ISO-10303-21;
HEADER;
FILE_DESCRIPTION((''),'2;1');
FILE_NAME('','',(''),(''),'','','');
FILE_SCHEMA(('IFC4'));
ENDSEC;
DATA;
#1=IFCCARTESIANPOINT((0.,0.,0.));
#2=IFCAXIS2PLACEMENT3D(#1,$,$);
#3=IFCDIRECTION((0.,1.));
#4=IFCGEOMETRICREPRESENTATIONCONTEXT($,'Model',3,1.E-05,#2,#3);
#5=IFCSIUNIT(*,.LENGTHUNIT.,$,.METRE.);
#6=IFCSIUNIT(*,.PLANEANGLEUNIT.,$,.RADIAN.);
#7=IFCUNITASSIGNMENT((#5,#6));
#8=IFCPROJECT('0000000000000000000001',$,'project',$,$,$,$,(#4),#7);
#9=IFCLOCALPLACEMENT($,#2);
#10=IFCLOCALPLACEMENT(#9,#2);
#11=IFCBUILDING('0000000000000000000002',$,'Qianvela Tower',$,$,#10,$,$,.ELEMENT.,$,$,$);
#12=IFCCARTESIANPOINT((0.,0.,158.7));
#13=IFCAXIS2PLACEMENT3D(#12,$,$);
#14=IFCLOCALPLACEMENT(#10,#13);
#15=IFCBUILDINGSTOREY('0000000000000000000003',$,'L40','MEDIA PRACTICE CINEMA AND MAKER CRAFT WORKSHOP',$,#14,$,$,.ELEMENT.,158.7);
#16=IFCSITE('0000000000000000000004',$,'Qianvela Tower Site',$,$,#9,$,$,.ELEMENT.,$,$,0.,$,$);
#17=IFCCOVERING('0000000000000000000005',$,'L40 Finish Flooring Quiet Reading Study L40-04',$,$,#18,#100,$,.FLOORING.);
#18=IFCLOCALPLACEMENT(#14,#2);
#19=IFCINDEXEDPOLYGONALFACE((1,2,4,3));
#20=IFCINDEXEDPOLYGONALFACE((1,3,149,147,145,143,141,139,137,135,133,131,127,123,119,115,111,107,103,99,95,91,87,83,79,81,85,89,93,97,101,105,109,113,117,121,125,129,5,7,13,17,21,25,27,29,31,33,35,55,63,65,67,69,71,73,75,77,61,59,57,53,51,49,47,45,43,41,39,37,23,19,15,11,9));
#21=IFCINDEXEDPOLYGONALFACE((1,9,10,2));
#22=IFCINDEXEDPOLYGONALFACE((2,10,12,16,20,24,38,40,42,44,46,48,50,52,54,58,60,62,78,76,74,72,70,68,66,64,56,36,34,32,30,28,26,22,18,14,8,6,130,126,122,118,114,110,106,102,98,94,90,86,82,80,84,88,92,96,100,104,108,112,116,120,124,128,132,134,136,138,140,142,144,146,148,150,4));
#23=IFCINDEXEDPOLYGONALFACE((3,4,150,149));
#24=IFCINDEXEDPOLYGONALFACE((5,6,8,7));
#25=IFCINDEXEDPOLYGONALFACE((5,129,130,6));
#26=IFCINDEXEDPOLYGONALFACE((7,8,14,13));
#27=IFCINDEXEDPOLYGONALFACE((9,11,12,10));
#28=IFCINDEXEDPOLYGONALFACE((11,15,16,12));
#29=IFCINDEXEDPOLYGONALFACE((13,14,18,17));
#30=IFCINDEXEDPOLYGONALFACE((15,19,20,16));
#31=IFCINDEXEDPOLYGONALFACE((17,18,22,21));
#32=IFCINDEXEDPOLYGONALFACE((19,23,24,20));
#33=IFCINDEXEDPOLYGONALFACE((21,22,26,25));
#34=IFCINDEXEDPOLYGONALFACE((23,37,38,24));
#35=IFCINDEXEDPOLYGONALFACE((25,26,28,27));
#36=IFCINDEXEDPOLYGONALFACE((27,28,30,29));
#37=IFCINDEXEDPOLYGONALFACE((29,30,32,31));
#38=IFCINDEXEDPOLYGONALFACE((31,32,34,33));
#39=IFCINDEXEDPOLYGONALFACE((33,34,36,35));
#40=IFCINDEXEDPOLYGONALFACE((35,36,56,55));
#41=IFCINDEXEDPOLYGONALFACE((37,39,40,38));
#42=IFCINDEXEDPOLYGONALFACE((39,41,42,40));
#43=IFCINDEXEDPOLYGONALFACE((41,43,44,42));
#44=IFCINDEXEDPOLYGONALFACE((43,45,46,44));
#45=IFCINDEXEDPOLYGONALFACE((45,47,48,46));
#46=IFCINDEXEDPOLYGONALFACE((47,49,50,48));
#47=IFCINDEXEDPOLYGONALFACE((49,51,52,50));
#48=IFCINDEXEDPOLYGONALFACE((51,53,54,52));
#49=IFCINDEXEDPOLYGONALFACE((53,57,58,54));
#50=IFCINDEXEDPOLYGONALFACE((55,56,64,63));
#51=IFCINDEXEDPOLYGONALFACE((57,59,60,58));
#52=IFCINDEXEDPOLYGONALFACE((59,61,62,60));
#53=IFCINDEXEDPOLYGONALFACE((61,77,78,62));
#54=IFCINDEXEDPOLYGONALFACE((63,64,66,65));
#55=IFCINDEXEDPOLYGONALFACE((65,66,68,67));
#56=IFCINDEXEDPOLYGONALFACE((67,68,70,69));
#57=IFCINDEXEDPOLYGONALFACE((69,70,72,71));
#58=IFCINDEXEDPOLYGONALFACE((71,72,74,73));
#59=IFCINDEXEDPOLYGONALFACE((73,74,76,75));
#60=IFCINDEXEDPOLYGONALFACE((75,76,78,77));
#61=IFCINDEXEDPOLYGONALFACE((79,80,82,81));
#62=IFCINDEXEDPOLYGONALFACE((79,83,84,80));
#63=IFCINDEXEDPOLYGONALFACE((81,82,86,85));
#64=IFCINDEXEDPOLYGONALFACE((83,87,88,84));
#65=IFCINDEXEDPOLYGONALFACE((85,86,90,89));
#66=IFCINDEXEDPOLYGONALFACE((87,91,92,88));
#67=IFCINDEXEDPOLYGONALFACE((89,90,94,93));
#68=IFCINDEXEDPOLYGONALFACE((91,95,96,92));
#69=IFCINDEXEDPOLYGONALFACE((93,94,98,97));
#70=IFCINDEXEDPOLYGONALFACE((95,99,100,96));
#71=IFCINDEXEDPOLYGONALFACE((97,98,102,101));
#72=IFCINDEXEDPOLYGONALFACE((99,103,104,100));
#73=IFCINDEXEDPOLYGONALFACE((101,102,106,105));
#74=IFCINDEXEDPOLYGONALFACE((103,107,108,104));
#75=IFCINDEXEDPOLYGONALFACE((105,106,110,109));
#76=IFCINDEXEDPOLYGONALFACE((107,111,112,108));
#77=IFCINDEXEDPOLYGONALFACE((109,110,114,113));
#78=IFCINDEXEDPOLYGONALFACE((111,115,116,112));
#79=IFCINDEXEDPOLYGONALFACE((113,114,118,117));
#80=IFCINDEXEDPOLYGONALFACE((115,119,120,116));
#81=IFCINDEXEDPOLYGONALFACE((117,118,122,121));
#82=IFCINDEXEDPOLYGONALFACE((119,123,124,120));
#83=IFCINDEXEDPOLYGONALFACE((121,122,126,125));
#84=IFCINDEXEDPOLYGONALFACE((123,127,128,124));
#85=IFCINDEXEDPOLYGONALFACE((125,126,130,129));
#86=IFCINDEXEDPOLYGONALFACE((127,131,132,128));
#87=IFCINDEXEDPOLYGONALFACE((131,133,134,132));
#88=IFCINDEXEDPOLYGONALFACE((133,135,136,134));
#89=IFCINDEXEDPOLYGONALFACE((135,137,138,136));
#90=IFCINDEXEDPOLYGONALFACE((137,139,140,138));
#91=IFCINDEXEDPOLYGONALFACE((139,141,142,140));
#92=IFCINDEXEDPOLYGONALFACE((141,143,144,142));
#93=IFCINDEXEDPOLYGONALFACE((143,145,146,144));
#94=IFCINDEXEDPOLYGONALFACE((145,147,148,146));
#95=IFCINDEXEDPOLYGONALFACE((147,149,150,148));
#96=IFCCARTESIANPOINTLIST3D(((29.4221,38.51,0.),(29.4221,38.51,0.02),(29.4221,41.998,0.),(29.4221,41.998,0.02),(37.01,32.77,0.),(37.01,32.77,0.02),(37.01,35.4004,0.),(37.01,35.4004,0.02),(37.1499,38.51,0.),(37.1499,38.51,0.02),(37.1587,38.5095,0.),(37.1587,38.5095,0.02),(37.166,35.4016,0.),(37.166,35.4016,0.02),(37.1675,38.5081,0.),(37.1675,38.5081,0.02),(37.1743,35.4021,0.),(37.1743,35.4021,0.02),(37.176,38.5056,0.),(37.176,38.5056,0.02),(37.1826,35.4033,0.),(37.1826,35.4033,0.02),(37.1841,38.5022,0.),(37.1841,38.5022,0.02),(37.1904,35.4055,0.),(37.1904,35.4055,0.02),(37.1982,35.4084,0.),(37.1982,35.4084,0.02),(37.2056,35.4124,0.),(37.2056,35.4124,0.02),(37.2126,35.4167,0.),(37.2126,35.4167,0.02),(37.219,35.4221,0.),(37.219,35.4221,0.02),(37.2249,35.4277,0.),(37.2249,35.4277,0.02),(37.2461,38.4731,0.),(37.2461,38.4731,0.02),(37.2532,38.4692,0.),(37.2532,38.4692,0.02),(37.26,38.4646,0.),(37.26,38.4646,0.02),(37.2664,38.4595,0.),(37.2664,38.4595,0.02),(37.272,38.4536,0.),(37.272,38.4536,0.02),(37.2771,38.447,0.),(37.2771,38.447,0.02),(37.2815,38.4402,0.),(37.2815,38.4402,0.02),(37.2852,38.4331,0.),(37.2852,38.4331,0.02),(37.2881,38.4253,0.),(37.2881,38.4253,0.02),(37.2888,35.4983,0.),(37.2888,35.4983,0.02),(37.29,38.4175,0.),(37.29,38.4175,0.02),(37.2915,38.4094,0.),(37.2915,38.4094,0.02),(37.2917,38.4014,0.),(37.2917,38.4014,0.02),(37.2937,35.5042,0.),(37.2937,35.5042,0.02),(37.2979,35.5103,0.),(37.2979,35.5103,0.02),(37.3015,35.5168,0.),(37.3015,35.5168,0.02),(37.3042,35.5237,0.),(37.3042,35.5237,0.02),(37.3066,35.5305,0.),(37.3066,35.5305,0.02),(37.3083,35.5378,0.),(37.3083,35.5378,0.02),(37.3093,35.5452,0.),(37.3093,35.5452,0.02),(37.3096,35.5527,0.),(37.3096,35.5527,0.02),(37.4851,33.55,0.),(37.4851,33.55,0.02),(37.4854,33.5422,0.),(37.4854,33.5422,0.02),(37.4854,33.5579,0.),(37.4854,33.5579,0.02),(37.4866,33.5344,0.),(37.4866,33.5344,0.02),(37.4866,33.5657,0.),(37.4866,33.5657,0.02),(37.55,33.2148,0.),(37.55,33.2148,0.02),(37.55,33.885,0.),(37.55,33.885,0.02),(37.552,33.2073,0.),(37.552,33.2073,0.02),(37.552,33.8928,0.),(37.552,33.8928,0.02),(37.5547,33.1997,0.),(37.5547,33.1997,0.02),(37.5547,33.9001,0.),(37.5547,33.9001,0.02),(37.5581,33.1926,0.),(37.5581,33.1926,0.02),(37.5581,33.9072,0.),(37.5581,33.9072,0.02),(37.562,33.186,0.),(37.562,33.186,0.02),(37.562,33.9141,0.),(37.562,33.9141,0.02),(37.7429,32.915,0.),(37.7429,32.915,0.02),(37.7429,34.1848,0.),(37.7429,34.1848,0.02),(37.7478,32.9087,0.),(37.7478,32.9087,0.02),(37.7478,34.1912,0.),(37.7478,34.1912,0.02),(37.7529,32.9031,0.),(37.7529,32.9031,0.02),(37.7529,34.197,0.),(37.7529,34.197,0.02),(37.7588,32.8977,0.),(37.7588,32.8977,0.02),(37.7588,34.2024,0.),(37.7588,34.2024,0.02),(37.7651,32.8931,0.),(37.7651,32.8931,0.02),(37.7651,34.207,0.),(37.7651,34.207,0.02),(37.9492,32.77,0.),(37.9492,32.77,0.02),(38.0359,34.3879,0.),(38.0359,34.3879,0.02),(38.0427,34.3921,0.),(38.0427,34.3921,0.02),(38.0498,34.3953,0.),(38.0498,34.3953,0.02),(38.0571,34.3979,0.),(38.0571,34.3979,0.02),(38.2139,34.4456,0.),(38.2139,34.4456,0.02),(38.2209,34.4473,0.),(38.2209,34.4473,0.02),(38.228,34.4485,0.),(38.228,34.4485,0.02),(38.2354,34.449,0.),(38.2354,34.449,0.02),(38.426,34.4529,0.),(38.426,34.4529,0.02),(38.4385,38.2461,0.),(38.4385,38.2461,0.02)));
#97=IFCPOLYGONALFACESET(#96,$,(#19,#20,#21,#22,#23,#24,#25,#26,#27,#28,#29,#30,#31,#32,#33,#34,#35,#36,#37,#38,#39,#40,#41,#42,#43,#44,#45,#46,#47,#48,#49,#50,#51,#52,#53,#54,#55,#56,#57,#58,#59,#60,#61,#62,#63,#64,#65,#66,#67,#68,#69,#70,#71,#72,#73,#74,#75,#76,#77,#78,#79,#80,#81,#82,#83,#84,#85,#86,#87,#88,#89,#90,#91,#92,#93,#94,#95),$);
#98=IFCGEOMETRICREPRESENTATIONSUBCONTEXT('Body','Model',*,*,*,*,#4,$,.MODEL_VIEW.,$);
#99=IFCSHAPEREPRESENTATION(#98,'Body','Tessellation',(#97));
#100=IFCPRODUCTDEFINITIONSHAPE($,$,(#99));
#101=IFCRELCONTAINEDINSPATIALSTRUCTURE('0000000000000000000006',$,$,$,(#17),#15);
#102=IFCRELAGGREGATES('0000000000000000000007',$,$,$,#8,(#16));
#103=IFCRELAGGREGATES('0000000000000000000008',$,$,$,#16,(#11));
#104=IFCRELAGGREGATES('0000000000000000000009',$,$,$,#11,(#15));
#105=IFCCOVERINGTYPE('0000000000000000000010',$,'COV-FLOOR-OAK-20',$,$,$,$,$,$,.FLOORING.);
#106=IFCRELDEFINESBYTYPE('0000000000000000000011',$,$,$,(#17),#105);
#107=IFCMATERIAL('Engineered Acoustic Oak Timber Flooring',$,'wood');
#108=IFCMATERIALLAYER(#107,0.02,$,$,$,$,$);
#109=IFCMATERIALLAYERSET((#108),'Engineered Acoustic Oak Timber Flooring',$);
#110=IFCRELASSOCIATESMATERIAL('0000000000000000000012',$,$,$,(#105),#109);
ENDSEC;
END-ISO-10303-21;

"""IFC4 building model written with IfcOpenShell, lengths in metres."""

from ifc_helpers import new_model, si_unit, direction, frame, origin, place, context, subcontext, project, spatial, polyline, outline, extrude, material, layer, layer_set, type_object, element, save


model = new_model("IFC4")

# Units and contexts
model_context = context("Model", 3, precision=1e-05, world=origin(), true_north=direction((0.0, 1.0)))
body_context = subcontext(model_context, "Body", "Model", "MODEL_VIEW")
ifc_project = project(units=[si_unit("LENGTHUNIT", "METRE"), si_unit("PLANEANGLEUNIT", "RADIAN")], contexts=[model_context])

# Site, building, storey
site_placement = place(None, origin())
site = spatial("IfcSite", under=ifc_project, at=site_placement, Name="Qianvela Tower Site", CompositionType="ELEMENT", RefElevation=0.0)
building_placement = place(site_placement, origin())
building = spatial("IfcBuilding", under=site, at=building_placement, Name="Qianvela Tower", CompositionType="ELEMENT")
storey_placement = place(building_placement, frame((0.0, 0.0, 158.7)))
storey = spatial("IfcBuildingStorey", under=building, at=storey_placement, Name="L40", Description="MEDIA PRACTICE CINEMA AND MAKER CRAFT WORKSHOP", CompositionType="ELEMENT", Elevation=158.7)

# Covering
ifc_material_1 = material(Name="Engineered Acoustic Oak Timber Flooring", Category="wood")
ifc_layer_1 = layer(ifc_material_1, 0.02)
ifc_layer_set_1 = layer_set([ifc_layer_1], Name="Engineered Acoustic Oak Timber Flooring")
covering_type_1 = type_object("IfcCoveringType", Name="COV-FLOOR-OAK-20", PredefinedType="FLOORING", material=ifc_layer_set_1)
covering_1_placement = place(storey_placement, origin())
element("IfcCovering", 1, at=covering_1_placement, inside=storey, type_object=covering_type_1, Name="L40 Finish Flooring Quiet Reading Study L40-04", PredefinedType="FLOORING", context=body_context, shape_type="SweptSolid", body=[
    extrude(outline(polyline([(37.9492, 32.77), (37.01, 32.77), (37.01, 35.4004), (37.166, 35.4016), (37.1743, 35.4021), (37.1826, 35.4033), (37.1904, 35.4055), (37.1982, 35.4084), (37.2056, 35.4124), (37.2126, 35.4167), (37.219, 35.4221), (37.2249, 35.4277), (37.2888, 35.4983), (37.2937, 35.5042), (37.2979, 35.5103), (37.3015, 35.5168), (37.3042, 35.5237), (37.3066, 35.5305), (37.3083, 35.5378), (37.3093, 35.5452), (37.3096, 35.5527), (37.2917, 38.4014), (37.2915, 38.4094), (37.29, 38.4175), (37.2881, 38.4253), (37.2852, 38.4331), (37.2815, 38.4402), (37.2771, 38.447), (37.272, 38.4536), (37.2664, 38.4595), (37.26, 38.4646), (37.2532, 38.4692), (37.2461, 38.4731), (37.1841, 38.5022), (37.176, 38.5056), (37.1675, 38.5081), (37.1587, 38.5095), (37.1499, 38.51), (29.4221, 38.51), (29.4221, 41.998), (38.4385, 38.2461), (38.426, 34.4529), (38.2354, 34.449), (38.228, 34.4485), (38.2209, 34.4473), (38.2139, 34.4456), (38.0571, 34.3979), (38.0498, 34.3953), (38.0427, 34.3921), (38.0359, 34.3879), (37.7651, 34.207), (37.7588, 34.2024), (37.7529, 34.197), (37.7478, 34.1912), (37.7429, 34.1848), (37.562, 33.9141), (37.5581, 33.9072), (37.5547, 33.9001), (37.552, 33.8928), (37.55, 33.885), (37.4866, 33.5657), (37.4854, 33.5579), (37.4851, 33.55), (37.4854, 33.5422), (37.4866, 33.5344), (37.55, 33.2148), (37.552, 33.2073), (37.5547, 33.1997), (37.5581, 33.1926), (37.562, 33.186), (37.7429, 32.915), (37.7478, 32.9087), (37.7529, 32.9031), (37.7588, 32.8977), (37.7651, 32.8931), (37.9492, 32.77)])), origin(), (0.0, 0.0, 1.0), 0.02),
])

save(model, "model.ifc")
